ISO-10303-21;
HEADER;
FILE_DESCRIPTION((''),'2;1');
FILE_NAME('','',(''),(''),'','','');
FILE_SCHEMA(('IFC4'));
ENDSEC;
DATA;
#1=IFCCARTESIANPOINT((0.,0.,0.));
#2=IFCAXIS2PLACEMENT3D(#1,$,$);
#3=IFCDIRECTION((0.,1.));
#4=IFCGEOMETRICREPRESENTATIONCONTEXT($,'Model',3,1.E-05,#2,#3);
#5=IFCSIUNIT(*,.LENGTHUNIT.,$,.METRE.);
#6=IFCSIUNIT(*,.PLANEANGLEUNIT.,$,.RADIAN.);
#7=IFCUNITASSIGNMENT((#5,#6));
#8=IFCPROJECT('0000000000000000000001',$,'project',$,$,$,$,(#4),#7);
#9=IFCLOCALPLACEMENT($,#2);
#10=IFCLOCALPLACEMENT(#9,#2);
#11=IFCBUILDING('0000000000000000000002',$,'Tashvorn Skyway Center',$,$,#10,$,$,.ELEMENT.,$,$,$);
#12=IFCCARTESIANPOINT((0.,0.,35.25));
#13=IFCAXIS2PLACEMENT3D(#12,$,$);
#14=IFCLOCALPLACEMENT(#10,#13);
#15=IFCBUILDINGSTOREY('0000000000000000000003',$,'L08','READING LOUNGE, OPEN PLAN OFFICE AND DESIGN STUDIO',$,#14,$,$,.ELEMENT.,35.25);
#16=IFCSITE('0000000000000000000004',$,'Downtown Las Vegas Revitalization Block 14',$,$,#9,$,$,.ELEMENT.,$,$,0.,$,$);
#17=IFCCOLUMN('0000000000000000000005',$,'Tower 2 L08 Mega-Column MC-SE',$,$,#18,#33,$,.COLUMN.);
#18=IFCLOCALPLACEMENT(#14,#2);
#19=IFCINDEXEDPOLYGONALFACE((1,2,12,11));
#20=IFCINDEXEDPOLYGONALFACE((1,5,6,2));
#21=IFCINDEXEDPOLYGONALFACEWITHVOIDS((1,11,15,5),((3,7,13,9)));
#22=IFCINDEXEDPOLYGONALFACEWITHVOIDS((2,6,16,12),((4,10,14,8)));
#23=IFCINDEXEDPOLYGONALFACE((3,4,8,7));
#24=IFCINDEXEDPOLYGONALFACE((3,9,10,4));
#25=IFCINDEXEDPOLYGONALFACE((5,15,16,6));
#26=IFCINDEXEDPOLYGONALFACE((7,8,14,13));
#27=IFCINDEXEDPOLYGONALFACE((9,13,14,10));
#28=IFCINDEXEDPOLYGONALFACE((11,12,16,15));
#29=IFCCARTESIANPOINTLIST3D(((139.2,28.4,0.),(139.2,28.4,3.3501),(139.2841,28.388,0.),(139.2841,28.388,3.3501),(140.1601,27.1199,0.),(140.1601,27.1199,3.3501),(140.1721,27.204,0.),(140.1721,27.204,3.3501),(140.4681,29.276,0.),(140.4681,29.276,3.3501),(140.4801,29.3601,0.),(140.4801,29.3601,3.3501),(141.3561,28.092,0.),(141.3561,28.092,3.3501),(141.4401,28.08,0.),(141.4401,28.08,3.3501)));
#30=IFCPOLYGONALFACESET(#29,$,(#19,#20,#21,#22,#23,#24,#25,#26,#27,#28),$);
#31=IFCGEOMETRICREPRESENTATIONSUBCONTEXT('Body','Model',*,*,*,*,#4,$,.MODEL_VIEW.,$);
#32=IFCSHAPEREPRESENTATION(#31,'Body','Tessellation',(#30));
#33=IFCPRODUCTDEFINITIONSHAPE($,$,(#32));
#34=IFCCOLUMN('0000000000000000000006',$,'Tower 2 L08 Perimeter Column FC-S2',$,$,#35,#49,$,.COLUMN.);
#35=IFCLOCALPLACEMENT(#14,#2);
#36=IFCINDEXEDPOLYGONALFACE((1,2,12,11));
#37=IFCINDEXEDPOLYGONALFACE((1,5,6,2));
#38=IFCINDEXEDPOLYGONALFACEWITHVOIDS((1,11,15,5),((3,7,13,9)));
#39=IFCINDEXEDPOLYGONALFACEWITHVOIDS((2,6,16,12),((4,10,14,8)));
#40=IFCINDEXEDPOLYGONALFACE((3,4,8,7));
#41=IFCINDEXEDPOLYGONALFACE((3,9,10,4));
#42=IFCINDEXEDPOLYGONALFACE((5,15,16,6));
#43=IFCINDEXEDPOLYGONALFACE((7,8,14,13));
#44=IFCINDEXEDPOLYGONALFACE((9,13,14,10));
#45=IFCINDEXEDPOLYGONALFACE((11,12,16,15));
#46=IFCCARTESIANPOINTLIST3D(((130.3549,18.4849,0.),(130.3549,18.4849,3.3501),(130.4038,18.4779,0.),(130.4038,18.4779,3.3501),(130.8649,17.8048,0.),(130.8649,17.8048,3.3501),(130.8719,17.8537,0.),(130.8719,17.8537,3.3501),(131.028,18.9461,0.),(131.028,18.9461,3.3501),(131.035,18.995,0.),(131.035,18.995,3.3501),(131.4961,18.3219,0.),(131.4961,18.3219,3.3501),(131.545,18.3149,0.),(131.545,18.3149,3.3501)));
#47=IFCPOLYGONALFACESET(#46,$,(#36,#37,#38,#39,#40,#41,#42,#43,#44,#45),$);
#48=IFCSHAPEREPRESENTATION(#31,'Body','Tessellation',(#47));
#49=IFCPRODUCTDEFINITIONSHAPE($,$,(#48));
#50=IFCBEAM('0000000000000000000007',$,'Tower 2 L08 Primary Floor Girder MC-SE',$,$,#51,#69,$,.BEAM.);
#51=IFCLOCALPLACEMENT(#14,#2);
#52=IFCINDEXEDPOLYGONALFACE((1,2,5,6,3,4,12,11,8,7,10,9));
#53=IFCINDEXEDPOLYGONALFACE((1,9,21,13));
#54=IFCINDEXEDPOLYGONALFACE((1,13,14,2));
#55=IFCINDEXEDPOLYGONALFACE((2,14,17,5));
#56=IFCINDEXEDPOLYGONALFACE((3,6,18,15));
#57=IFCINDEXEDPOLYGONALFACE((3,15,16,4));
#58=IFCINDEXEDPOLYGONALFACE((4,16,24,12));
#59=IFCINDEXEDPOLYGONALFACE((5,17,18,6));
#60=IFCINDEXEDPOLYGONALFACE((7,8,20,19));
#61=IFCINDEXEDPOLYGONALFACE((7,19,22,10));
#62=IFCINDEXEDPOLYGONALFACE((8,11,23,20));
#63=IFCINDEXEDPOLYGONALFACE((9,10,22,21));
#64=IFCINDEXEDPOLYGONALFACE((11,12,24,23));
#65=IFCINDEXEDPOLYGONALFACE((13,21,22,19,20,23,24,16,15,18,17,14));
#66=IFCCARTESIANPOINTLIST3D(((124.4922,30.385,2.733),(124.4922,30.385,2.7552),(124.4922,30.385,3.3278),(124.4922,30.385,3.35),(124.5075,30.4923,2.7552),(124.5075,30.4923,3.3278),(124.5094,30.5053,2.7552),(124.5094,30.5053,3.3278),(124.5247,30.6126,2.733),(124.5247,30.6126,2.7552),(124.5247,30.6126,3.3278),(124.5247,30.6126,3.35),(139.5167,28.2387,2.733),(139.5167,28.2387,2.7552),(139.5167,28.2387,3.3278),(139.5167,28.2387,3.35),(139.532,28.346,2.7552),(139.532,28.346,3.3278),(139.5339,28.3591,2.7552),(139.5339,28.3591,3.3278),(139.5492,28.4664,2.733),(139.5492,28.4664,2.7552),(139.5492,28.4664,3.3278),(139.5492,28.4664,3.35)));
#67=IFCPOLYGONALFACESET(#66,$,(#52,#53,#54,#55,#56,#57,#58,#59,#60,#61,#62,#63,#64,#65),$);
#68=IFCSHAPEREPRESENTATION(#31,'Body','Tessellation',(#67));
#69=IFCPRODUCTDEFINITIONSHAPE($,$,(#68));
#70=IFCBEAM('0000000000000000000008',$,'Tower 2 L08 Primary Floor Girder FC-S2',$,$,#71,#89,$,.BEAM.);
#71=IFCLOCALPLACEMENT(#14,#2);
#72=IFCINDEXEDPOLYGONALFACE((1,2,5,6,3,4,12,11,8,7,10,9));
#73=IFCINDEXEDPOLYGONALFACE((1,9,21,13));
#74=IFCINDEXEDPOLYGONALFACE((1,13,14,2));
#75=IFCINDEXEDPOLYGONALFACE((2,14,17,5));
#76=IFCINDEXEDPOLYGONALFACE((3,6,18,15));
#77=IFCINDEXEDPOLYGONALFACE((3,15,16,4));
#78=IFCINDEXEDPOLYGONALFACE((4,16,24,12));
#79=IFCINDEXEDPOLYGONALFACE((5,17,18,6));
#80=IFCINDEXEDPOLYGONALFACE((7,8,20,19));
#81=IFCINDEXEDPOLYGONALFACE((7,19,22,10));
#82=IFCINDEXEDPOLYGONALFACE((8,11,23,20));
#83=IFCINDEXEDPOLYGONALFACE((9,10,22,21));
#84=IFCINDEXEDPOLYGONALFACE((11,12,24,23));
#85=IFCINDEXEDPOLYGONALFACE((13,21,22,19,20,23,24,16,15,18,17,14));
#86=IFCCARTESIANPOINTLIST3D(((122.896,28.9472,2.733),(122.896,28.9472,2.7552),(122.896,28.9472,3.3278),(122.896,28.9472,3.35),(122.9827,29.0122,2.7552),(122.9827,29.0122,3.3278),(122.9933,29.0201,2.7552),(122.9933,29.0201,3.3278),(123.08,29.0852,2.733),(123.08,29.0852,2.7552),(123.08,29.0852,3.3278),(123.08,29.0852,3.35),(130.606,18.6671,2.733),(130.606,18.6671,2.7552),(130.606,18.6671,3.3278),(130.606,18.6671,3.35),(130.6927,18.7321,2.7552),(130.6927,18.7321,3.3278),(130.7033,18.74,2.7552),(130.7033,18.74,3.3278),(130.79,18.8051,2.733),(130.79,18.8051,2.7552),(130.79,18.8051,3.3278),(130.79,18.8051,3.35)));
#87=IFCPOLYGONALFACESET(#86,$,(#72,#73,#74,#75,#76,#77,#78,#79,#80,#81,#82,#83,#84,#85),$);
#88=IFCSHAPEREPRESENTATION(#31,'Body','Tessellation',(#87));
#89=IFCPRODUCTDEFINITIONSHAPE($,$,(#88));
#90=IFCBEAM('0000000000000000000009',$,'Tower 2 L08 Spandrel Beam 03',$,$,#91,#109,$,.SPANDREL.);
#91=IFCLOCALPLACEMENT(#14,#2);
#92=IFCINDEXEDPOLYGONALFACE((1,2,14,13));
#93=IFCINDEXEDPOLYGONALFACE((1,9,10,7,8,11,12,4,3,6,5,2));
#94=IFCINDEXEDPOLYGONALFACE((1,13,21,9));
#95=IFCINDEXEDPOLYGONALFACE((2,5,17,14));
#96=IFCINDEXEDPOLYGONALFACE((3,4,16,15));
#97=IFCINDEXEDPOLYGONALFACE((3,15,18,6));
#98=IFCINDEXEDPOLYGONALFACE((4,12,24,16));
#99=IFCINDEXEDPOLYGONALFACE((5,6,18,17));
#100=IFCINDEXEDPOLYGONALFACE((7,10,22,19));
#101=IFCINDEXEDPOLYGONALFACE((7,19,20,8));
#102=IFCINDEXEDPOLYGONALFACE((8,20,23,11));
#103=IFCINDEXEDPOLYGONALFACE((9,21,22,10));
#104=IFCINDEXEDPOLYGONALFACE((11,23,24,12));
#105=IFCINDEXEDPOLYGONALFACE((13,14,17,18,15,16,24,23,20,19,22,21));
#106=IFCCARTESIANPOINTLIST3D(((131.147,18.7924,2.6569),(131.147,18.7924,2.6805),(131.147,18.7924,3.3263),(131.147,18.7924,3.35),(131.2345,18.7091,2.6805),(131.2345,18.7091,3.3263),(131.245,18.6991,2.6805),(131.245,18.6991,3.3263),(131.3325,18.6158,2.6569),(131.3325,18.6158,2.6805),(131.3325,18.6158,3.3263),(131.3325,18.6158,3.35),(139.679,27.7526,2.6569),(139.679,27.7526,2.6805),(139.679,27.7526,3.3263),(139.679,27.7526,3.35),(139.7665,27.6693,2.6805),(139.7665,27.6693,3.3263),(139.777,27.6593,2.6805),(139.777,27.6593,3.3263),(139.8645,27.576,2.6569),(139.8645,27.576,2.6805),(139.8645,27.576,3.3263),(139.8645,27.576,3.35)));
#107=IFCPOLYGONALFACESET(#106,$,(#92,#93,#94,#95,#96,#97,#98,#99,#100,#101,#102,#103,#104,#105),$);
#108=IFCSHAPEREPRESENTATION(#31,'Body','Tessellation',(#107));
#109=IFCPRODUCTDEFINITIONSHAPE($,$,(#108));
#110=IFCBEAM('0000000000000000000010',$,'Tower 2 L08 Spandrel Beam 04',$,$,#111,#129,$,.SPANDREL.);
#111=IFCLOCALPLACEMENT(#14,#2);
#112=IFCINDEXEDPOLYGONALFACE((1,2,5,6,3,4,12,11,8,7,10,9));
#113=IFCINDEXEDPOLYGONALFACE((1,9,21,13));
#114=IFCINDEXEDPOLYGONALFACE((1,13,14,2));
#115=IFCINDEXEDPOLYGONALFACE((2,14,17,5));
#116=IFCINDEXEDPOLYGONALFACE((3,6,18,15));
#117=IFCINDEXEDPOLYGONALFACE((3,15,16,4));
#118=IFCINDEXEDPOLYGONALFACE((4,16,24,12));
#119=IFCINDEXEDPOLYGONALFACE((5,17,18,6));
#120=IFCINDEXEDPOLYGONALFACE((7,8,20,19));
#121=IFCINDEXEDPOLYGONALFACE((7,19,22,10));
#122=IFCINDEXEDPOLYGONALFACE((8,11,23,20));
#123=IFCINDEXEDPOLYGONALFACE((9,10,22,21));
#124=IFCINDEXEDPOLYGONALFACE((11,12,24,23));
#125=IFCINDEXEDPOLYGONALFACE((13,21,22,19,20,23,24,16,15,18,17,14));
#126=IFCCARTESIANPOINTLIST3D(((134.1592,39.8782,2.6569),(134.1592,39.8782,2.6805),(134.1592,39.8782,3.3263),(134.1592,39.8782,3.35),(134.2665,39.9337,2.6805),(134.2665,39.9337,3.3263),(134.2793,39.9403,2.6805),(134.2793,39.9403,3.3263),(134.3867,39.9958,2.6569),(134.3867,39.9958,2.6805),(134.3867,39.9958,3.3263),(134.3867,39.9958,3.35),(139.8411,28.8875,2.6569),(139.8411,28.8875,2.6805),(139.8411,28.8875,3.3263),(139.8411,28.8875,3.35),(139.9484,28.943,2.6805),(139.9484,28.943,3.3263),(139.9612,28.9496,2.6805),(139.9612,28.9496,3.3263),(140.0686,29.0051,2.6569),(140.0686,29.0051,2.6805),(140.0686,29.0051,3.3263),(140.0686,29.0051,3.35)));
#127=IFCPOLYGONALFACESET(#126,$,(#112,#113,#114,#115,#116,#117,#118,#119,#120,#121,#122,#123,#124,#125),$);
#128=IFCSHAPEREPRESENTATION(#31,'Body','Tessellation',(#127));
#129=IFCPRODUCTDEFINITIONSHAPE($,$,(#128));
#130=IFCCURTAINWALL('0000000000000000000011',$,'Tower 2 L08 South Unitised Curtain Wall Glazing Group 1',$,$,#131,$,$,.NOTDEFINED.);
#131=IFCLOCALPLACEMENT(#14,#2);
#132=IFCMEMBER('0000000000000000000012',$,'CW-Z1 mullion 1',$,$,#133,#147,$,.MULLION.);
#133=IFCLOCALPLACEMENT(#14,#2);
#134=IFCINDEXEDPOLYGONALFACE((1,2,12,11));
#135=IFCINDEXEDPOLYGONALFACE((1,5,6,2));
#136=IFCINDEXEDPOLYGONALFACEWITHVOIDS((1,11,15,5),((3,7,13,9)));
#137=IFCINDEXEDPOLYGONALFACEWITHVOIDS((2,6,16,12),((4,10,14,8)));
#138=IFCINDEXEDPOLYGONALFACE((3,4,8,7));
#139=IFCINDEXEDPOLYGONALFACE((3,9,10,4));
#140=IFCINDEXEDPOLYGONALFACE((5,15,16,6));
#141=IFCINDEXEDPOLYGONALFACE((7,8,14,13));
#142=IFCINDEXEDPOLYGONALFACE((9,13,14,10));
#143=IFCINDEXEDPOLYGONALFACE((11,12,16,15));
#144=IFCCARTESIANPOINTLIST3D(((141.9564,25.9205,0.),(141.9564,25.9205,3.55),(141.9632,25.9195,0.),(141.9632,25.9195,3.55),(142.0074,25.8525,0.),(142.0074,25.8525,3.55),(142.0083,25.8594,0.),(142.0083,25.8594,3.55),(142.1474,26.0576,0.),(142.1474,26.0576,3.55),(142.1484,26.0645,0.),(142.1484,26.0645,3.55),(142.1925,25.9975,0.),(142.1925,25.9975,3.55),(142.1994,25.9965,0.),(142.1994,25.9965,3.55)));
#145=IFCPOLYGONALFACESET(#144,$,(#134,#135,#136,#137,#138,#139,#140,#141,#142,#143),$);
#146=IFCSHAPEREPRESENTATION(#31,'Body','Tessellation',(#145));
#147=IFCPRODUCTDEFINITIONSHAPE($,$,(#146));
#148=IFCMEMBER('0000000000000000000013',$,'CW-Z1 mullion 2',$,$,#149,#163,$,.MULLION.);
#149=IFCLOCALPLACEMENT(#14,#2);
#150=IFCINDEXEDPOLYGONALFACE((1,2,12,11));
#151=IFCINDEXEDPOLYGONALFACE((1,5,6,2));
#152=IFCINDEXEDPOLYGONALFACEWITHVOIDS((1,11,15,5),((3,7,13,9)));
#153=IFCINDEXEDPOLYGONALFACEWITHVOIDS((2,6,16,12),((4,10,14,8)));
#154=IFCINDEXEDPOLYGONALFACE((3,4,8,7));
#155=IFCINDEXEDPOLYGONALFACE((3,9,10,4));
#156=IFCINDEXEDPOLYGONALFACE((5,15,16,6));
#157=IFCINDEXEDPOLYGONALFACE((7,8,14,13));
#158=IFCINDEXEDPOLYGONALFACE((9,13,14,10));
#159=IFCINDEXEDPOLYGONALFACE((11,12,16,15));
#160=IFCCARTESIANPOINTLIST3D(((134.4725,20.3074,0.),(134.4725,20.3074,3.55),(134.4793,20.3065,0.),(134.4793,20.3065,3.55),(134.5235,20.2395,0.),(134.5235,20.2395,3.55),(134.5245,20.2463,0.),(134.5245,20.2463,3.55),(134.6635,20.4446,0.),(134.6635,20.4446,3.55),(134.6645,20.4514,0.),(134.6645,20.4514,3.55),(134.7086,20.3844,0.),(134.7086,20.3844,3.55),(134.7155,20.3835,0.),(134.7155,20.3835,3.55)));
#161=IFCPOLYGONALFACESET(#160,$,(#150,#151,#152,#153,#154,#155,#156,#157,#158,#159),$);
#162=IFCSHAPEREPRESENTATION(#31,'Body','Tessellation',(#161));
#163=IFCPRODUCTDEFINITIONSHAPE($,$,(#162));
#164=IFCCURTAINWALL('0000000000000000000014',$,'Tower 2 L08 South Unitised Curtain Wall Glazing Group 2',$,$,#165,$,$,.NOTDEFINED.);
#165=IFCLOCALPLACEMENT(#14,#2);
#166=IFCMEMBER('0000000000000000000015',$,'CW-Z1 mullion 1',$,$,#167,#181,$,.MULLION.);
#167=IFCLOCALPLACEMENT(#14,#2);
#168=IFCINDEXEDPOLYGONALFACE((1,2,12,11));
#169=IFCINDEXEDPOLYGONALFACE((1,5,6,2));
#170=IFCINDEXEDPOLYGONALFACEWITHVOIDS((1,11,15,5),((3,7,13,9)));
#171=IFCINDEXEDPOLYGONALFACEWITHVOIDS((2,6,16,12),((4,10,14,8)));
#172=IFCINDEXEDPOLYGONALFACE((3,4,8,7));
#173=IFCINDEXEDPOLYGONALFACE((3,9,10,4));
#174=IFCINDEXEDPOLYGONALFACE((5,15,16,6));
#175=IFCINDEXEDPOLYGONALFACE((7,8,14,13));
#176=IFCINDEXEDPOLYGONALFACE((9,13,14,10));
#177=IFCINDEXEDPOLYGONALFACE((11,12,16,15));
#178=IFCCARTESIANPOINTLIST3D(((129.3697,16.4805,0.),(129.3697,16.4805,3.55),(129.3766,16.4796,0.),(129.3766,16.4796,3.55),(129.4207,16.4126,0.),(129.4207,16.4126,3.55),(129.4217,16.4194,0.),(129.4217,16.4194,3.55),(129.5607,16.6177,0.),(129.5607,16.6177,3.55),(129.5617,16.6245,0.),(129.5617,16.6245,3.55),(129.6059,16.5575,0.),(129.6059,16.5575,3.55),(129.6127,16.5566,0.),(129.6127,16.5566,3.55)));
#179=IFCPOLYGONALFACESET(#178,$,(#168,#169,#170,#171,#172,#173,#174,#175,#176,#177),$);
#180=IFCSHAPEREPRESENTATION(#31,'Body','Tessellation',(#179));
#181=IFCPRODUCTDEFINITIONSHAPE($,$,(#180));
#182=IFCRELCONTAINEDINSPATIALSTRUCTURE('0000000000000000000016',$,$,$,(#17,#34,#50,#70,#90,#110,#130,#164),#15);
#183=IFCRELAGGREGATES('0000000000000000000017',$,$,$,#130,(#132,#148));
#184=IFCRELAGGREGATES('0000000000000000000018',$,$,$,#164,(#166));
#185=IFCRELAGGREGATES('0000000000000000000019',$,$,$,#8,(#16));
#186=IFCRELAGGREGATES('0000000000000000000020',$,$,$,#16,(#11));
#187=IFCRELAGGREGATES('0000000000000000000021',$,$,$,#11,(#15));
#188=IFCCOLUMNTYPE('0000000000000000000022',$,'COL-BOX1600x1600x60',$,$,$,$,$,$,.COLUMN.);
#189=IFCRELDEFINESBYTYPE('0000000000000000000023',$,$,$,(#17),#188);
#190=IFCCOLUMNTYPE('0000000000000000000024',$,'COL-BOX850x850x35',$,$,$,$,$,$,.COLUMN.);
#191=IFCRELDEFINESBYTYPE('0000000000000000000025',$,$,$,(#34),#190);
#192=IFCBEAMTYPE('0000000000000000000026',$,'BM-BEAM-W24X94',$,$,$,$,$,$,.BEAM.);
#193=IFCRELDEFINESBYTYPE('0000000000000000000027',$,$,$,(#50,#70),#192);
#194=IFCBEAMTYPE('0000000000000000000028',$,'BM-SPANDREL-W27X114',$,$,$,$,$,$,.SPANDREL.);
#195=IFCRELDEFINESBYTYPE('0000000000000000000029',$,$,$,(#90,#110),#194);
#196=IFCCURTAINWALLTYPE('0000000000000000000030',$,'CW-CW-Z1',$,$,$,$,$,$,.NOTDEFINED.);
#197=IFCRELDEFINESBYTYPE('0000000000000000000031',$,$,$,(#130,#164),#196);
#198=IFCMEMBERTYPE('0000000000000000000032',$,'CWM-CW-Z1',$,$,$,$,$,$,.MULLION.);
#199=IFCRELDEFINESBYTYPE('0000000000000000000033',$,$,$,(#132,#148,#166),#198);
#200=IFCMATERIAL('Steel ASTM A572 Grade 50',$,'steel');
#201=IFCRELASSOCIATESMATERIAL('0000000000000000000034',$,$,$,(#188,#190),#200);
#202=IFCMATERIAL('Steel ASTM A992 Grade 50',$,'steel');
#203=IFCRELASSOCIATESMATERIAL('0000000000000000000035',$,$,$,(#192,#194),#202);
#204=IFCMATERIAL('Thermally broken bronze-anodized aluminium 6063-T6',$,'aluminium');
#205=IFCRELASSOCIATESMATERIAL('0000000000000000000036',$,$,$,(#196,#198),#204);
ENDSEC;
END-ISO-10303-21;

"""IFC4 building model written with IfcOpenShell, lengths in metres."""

from ifc_helpers import new_model, si_unit, direction, frame, origin, origin_2d, place, context, subcontext, project, spatial, hollow_rectangle, i_section, extrude, material, material_profile, profile_set, type_object, element, aggregate, save


model = new_model("IFC4")

# Units and contexts
model_context = context("Model", 3, precision=1e-05, world=origin(), true_north=direction((0.0, 1.0)))
body_context = subcontext(model_context, "Body", "Model", "MODEL_VIEW")
ifc_project = project(units=[si_unit("LENGTHUNIT", "METRE"), si_unit("PLANEANGLEUNIT", "RADIAN")], contexts=[model_context])

# Site, building, storey
site_placement = place(None, origin())
site = spatial("IfcSite", under=ifc_project, at=site_placement, Name="Downtown Las Vegas Revitalization Block 14", CompositionType="ELEMENT", RefElevation=0.0)
building_placement = place(site_placement, origin())
building = spatial("IfcBuilding", under=site, at=building_placement, Name="Tashvorn Skyway Center", CompositionType="ELEMENT")
storey_placement = place(building_placement, frame((0.0, 0.0, 35.25)))
storey = spatial("IfcBuildingStorey", under=building, at=storey_placement, Name="L08", Description="READING LOUNGE, OPEN PLAN OFFICE AND DESIGN STUDIO", CompositionType="ELEMENT", Elevation=35.25)

# Columns
ifc_material_1 = material(Name="Steel ASTM A572 Grade 50", Category="steel")
ifc_material_profile_1 = material_profile(ifc_material_1, hollow_rectangle(XDim=1.6001, YDim=1.6001, WallThickness=0.0601, at=origin_2d()), Name="BOX1600x1600x60")
ifc_profile_set_1 = profile_set([ifc_material_profile_1], Name="Steel ASTM A572 Grade 50")
column_type_1 = type_object("IfcColumnType", Name="COL-BOX1600x1600x60", PredefinedType="COLUMN", material=ifc_profile_set_1)
column_1_placement = place(storey_placement, frame((140.3201, 28.24, 0.0), z_axis=(0.0, 0.0, 1.0), x_axis=(0.8, 0.6, 0.0)))
element("IfcColumn", 1, at=column_1_placement, inside=storey, type_object=column_type_1, Name="Tower 2 L08 Mega-Column MC-SE", PredefinedType="COLUMN", context=body_context, shape_type="SweptSolid", body=[
    extrude(hollow_rectangle(XDim=1.6001, YDim=1.6001, WallThickness=0.0601, at=origin_2d()), origin(), (0.0, 0.0, 1.0), 3.3501),
])
ifc_material_profile_2 = material_profile(ifc_material_1, hollow_rectangle(XDim=0.8501, YDim=0.8501, WallThickness=0.0349, at=origin_2d()), Name="BOX850x850x35")
ifc_profile_set_2 = profile_set([ifc_material_profile_2], Name="Steel ASTM A572 Grade 50")
column_type_2 = type_object("IfcColumnType", Name="COL-BOX850x850x35", PredefinedType="COLUMN", material=ifc_profile_set_2)
column_2_placement = place(storey_placement, frame((130.95, 18.3999, 0.0), z_axis=(0.0, 0.0, 1.0), x_axis=(0.8, 0.6, 0.0)))
element("IfcColumn", 2, at=column_2_placement, inside=storey, type_object=column_type_2, Name="Tower 2 L08 Perimeter Column FC-S2", PredefinedType="COLUMN", context=body_context, shape_type="SweptSolid", body=[
    extrude(hollow_rectangle(XDim=0.8501, YDim=0.8501, WallThickness=0.0349, at=origin_2d()), origin(), (0.0, 0.0, 1.0), 3.3501),
])

# Beams
ifc_material_2 = material(Name="Steel ASTM A992 Grade 50", Category="steel")
ifc_material_profile_3 = material_profile(ifc_material_2, i_section(OverallWidth=0.23, OverallDepth=0.6169, WebThickness=0.0132, FlangeThickness=0.0222, at=origin_2d()), Name="W24X94")
ifc_profile_set_3 = profile_set([ifc_material_profile_3], Name="Steel ASTM A992 Grade 50")
beam_type_1 = type_object("IfcBeamType", Name="BM-BEAM-W24X94", PredefinedType="BEAM", material=ifc_profile_set_3)
beam_1_placement = place(storey_placement, frame((139.533, 28.3525, 3.0415), z_axis=(-0.98995, 0.141415, 0.0), x_axis=(-0.141415, -0.98995, 0.0)))
element("IfcBeam", 3, at=beam_1_placement, inside=storey, type_object=beam_type_1, Name="Tower 2 L08 Primary Floor Girder MC-SE", PredefinedType="BEAM", context=body_context, shape_type="SweptSolid", body=[
    extrude(i_section(OverallWidth=0.23, OverallDepth=0.6169, WebThickness=0.0132, FlangeThickness=0.0222, at=origin_2d()), origin(), (0.0, 0.0, 1.0), 15.177),
])
beam_2_placement = place(storey_placement, frame((130.698, 18.7361, 3.0415), z_axis=(-0.599997, 0.800002, 0.0), x_axis=(-0.800002, -0.599997, 0.0)))
element("IfcBeam", 4, at=beam_2_placement, inside=storey, type_object=beam_type_1, Name="Tower 2 L08 Primary Floor Girder FC-S2", PredefinedType="BEAM", context=body_context, shape_type="SweptSolid", body=[
    extrude(i_section(OverallWidth=0.23, OverallDepth=0.6169, WebThickness=0.0132, FlangeThickness=0.0222, at=origin_2d()), origin(), (0.0, 0.0, 1.0), 12.8501),
])
ifc_material_profile_4 = material_profile(ifc_material_2, i_section(OverallWidth=0.2561, OverallDepth=0.6931, WebThickness=0.0144, FlangeThickness=0.0237, at=origin_2d()), Name="W27X114")
ifc_profile_set_4 = profile_set([ifc_material_profile_4], Name="Steel ASTM A992 Grade 50")
beam_type_2 = type_object("IfcBeamType", Name="BM-SPANDREL-W27X114", PredefinedType="SPANDREL", material=ifc_profile_set_4)
for number, where, z_axis, x_axis, name in (
    (5, (131.2397, 18.7041, 3.0034), (0.68959, 0.7242, 0.0), (-0.7242, 0.68959, 0.0), "Tower 2 L08 Spandrel Beam 03"),
    (6, (139.9548, 28.9463, 3.0034), (-0.459233, 0.888316, 0.0), (-0.888316, -0.459233, 0.0), "Tower 2 L08 Spandrel Beam 04"),
):
    element("IfcBeam", number, at=place(storey_placement, frame(where, z_axis=z_axis, x_axis=x_axis)), inside=storey, type_object=beam_type_2, Name=name, PredefinedType="SPANDREL", context=body_context, shape_type="SweptSolid", body=[
        extrude(i_section(OverallWidth=0.2561, OverallDepth=0.6931, WebThickness=0.0144, FlangeThickness=0.0237, at=origin_2d()), origin(), (0.0, 0.0, 1.0), 12.3726),
    ])

# Curtain walls, members
ifc_material_3 = material(Name="Thermally broken bronze-anodized aluminium 6063-T6", Category="aluminium")
curtain_wall_type = type_object("IfcCurtainWallType", Name="CW-CW-Z1", PredefinedType="NOTDEFINED", material=ifc_material_3)
curtain_wall_1_placement = place(storey_placement, origin())
curtain_wall_1 = element("IfcCurtainWall", 7, at=curtain_wall_1_placement, inside=storey, type_object=curtain_wall_type, Name="Tower 2 L08 South Unitised Curtain Wall Glazing Group 1", PredefinedType="NOTDEFINED")
ifc_material_profile_5 = material_profile(ifc_material_3, hollow_rectangle(XDim=0.085, YDim=0.24, WallThickness=0.0049, at=origin_2d()), Name="ALU-MULL-85x240")
ifc_profile_set_5 = profile_set([ifc_material_profile_5], Name="Thermally broken bronze-anodized aluminium 6063-T6")
member_type_1 = type_object("IfcMemberType", Name="CWM-CW-Z1", PredefinedType="MULLION", material=ifc_profile_set_5)
member_1_placement = place(storey_placement, frame((142.0779, 25.9585, 0.0), z_axis=(0.0, 0.0, 1.0), x_axis=(0.6, -0.8, 0.0)))
member_1 = element("IfcMember", 8, at=member_1_placement, type_object=member_type_1, Name="CW-Z1 mullion 1", PredefinedType="MULLION", context=body_context, shape_type="SweptSolid", body=[
    extrude(hollow_rectangle(XDim=0.085, YDim=0.24, WallThickness=0.0049, at=origin_2d()), origin(), (0.0, 0.0, 1.0), 3.55),
])
member_2_placement = place(storey_placement, frame((134.594, 20.3455, 0.0), z_axis=(0.0, 0.0, 1.0), x_axis=(0.6, -0.8, 0.0)))
member_2 = element("IfcMember", 9, at=member_2_placement, type_object=member_type_1, Name="CW-Z1 mullion 2", PredefinedType="MULLION", context=body_context, shape_type="SweptSolid", body=[
    extrude(hollow_rectangle(XDim=0.085, YDim=0.24, WallThickness=0.0049, at=origin_2d()), origin(), (0.0, 0.0, 1.0), 3.55),
])
curtain_wall_2_placement = place(storey_placement, origin())
curtain_wall_2 = element("IfcCurtainWall", 10, at=curtain_wall_2_placement, inside=storey, type_object=curtain_wall_type, Name="Tower 2 L08 South Unitised Curtain Wall Glazing Group 2", PredefinedType="NOTDEFINED")
member_3_placement = place(storey_placement, frame((129.4912, 16.5186, 0.0), z_axis=(0.0, 0.0, 1.0), x_axis=(0.600005, -0.799996, 0.0)))
member_3 = element("IfcMember", 11, at=member_3_placement, type_object=member_type_1, Name="CW-Z1 mullion 1", PredefinedType="MULLION", context=body_context, shape_type="SweptSolid", body=[
    extrude(hollow_rectangle(XDim=0.085, YDim=0.24, WallThickness=0.0049, at=origin_2d()), origin(), (0.0, 0.0, 1.0), 3.55),
])

aggregate(curtain_wall_1, [member_1, member_2])
aggregate(curtain_wall_2, [member_3])

save(model, "model.ifc")
